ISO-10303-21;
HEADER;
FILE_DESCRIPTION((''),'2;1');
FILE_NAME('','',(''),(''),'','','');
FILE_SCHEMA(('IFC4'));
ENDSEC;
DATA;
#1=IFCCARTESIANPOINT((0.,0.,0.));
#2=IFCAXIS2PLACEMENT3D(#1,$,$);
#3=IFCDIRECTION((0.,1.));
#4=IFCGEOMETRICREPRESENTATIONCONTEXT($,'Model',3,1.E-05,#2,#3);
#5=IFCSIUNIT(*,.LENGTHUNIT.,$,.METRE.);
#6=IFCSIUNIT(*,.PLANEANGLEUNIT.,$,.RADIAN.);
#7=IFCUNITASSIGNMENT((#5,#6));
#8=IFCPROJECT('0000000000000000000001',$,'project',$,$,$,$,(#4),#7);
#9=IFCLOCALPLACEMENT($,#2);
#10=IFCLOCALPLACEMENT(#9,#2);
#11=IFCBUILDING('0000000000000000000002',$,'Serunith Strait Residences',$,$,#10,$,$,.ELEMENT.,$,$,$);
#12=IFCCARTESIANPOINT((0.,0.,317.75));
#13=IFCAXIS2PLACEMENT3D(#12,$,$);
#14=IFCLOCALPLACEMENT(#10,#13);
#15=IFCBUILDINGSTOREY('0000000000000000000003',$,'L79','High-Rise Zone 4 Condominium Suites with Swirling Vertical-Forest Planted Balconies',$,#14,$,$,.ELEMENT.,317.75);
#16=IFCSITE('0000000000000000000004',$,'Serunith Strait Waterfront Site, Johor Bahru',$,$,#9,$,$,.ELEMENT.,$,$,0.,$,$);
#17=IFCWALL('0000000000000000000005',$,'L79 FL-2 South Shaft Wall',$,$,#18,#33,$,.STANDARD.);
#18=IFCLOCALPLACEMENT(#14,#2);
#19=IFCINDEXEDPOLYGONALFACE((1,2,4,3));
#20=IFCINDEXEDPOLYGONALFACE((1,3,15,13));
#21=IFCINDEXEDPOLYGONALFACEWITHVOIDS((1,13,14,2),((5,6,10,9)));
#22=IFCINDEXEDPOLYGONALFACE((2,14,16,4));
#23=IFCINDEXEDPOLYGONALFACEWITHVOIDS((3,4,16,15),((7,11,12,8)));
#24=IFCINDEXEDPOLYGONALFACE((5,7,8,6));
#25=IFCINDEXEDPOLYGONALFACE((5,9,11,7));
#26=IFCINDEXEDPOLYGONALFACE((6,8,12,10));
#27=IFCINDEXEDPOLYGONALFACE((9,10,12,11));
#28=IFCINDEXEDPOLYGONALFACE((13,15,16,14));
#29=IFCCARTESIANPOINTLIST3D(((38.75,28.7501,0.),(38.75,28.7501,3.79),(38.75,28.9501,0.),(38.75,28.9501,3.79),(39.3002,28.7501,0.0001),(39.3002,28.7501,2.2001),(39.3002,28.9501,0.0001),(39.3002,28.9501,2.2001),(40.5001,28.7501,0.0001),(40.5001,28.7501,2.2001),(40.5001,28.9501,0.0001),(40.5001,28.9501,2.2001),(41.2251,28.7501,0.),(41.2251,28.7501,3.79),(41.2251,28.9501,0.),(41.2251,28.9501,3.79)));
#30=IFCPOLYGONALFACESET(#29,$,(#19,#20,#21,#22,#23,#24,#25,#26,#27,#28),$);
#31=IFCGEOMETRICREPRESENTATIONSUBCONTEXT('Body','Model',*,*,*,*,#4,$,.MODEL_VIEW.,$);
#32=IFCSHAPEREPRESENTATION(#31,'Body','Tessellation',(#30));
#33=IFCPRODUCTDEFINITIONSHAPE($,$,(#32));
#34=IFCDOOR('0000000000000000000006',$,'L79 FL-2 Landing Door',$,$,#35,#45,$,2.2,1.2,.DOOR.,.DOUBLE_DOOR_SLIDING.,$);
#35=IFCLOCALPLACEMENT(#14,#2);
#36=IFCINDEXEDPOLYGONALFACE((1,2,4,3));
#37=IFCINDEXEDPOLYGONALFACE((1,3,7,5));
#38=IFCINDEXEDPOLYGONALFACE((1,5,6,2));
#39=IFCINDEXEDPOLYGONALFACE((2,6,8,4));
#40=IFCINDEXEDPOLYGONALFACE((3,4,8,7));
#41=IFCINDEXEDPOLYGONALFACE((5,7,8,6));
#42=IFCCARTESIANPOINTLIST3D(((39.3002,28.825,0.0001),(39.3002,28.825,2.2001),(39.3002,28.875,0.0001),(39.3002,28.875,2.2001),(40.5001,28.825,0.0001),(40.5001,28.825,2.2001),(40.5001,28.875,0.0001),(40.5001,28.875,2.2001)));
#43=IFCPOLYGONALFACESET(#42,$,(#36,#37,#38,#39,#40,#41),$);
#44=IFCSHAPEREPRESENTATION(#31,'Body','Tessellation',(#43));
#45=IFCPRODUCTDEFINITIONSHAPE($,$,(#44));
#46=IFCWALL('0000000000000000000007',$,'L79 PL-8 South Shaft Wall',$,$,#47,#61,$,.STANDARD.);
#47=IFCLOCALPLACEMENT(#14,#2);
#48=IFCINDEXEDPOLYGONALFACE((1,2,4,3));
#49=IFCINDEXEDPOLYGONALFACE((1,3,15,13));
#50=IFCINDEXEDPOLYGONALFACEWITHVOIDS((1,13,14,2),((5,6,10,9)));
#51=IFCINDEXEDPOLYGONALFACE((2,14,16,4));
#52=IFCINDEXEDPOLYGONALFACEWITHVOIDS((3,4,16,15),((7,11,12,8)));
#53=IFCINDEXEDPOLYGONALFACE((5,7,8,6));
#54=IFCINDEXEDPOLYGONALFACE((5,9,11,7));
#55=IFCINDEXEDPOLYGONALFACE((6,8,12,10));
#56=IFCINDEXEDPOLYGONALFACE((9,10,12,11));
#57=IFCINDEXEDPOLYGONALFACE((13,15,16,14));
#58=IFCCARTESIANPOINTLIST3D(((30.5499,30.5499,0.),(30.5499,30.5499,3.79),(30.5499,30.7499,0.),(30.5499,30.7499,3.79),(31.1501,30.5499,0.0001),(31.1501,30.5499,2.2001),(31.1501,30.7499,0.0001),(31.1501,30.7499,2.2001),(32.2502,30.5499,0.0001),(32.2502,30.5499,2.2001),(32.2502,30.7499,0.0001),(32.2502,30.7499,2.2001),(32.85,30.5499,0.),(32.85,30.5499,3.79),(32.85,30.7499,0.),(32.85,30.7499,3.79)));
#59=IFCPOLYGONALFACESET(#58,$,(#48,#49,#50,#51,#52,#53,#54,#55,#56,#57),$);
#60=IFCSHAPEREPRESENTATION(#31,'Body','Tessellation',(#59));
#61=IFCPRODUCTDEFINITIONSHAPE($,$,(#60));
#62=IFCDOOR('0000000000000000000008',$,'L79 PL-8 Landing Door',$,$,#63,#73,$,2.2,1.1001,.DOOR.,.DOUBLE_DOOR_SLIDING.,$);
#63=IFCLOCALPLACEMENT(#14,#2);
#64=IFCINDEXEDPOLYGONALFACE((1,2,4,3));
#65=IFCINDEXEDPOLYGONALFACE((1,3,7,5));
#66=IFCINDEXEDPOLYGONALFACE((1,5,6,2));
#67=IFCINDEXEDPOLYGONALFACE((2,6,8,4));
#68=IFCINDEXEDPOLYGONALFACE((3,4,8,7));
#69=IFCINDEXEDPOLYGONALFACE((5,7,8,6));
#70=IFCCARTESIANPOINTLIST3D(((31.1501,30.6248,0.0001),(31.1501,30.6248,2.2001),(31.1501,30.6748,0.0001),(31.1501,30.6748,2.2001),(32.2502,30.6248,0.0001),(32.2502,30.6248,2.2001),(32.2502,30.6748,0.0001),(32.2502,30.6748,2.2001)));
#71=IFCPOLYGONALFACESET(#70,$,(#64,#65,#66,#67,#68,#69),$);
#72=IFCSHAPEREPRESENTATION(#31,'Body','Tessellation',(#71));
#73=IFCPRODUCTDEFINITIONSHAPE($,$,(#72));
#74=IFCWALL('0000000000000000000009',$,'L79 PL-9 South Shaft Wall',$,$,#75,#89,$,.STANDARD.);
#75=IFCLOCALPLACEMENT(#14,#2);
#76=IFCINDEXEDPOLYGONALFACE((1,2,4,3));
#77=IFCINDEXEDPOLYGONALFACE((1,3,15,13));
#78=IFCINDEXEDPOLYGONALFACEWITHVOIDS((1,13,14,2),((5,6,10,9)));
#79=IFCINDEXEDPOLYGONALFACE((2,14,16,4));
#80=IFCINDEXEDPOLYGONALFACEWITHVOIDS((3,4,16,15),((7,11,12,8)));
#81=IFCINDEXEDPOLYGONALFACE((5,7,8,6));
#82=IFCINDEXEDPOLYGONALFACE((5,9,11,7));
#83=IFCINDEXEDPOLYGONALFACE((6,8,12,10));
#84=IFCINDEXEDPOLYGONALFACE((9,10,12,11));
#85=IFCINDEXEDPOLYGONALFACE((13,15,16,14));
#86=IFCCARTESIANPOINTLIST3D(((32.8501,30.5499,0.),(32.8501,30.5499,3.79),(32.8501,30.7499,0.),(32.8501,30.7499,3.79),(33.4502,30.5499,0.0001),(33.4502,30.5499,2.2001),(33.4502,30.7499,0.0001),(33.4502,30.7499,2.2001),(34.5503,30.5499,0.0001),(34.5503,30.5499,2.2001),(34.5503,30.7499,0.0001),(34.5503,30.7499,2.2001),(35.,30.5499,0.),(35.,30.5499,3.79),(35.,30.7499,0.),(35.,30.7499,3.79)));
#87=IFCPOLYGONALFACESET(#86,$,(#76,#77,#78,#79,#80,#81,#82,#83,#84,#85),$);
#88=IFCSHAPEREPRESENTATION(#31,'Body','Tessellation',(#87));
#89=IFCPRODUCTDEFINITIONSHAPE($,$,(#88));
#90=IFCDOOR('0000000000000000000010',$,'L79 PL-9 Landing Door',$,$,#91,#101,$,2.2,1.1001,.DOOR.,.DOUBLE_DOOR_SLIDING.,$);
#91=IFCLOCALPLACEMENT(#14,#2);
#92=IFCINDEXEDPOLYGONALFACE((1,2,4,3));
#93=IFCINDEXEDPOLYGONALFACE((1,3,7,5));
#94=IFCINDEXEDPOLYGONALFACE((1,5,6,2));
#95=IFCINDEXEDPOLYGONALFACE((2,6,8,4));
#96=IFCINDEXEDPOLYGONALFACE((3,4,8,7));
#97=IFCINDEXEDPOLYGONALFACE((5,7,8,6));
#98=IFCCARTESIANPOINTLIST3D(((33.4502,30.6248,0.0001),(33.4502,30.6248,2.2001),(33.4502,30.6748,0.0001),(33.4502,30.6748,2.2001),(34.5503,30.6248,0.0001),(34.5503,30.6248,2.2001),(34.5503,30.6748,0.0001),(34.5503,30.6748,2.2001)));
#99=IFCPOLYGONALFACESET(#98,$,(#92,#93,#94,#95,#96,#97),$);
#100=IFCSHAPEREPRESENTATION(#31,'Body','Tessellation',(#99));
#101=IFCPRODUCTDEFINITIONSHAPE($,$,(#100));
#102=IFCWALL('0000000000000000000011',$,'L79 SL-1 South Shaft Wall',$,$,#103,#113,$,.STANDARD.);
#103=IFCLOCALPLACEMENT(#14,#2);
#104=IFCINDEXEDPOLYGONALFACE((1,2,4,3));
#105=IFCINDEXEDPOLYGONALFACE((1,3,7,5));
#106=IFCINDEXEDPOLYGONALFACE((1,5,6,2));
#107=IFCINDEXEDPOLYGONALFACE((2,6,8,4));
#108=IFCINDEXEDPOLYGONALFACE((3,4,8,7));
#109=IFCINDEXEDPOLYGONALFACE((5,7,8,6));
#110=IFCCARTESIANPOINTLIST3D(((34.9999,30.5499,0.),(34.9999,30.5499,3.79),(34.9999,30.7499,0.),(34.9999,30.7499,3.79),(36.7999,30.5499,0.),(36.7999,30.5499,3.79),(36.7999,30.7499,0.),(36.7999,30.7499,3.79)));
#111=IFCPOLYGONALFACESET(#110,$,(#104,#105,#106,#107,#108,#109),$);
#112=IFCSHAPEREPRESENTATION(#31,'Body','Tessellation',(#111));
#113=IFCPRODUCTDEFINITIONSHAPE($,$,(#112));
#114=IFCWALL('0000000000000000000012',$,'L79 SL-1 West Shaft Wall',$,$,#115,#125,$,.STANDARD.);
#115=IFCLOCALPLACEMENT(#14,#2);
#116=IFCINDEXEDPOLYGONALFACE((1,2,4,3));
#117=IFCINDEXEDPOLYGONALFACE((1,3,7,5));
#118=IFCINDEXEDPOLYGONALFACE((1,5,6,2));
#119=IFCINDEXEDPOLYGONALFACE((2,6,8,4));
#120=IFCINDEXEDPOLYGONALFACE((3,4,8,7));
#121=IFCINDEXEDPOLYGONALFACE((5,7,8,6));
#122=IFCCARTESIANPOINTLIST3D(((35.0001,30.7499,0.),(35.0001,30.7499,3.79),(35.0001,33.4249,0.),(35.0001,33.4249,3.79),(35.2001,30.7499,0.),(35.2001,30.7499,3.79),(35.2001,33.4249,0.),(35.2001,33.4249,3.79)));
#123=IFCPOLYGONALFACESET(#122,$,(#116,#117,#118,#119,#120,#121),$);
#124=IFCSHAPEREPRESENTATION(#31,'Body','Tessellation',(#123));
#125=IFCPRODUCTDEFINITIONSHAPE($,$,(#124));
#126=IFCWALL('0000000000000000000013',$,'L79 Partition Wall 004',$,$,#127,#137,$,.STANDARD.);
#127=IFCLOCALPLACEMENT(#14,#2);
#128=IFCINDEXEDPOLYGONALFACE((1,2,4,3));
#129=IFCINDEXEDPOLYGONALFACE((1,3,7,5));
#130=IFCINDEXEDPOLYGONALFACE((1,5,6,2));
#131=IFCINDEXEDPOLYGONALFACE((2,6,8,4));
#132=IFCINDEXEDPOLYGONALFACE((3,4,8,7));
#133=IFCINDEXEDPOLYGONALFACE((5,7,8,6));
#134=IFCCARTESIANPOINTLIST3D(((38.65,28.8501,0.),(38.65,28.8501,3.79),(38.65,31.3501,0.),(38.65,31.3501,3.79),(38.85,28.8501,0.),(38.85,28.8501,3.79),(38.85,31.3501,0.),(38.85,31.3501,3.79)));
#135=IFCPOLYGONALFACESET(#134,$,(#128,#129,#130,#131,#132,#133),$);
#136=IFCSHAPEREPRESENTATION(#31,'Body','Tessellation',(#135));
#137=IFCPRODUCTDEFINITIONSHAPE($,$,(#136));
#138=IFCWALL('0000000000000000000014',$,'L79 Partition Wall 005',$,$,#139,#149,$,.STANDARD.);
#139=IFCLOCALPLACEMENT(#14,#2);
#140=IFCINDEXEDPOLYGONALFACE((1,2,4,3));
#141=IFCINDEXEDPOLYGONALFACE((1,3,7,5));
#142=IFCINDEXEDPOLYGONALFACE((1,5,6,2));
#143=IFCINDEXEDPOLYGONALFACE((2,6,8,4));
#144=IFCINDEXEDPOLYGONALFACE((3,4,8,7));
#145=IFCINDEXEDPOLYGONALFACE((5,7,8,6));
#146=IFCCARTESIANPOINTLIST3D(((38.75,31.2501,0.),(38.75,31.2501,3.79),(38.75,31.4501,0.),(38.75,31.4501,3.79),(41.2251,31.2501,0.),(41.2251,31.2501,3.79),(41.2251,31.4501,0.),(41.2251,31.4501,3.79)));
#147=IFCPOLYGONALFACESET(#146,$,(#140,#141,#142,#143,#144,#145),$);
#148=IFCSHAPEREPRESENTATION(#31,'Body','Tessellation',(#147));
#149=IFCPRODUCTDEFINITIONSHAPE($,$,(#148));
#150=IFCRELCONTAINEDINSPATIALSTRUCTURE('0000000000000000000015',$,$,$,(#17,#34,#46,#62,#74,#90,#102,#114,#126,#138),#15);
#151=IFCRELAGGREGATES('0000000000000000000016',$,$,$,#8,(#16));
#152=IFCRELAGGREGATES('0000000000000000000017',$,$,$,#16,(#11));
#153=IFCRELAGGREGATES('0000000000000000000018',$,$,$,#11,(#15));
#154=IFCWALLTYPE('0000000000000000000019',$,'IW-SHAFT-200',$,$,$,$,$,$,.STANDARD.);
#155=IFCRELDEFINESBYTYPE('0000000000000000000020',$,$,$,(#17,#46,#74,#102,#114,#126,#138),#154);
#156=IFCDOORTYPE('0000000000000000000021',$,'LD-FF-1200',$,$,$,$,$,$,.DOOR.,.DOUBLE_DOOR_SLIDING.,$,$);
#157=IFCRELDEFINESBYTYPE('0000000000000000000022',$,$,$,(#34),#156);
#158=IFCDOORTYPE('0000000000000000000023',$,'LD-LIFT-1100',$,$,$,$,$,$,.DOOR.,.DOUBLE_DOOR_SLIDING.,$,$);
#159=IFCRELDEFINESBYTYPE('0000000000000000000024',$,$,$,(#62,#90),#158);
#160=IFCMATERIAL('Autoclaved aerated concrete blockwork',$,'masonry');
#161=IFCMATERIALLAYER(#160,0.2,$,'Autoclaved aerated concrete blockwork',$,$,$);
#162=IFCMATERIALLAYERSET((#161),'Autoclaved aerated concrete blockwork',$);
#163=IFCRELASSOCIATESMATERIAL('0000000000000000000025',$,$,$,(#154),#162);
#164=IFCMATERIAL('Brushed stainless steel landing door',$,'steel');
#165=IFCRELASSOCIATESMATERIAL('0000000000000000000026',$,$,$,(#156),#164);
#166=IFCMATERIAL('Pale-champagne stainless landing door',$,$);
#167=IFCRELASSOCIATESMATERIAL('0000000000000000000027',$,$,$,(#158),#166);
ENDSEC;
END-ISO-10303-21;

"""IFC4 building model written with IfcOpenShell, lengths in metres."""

from ifc_helpers import new_model, si_unit, direction, frame, frame_2d, origin, place, context, subcontext, project, spatial, rectangle, extrude, source, transform, mapped, material, layer, layer_set, type_object, element, fill, save


model = new_model("IFC4")

# Units and contexts
model_context = context("Model", 3, precision=1e-05, world=origin(), true_north=direction((0.0, 1.0)))
body_context = subcontext(model_context, "Body", "Model", "MODEL_VIEW")
ifc_project = project(units=[si_unit("LENGTHUNIT", "METRE"), si_unit("PLANEANGLEUNIT", "RADIAN")], contexts=[model_context])

# Site, building, storey
site_placement = place(None, origin())
site = spatial("IfcSite", under=ifc_project, at=site_placement, Name="Serunith Strait Waterfront Site, Johor Bahru", CompositionType="ELEMENT", RefElevation=0.0)
building_placement = place(site_placement, origin())
building = spatial("IfcBuilding", under=site, at=building_placement, Name="Serunith Strait Residences", CompositionType="ELEMENT")
storey_placement = place(building_placement, frame((0.0, 0.0, 317.75)))
storey = spatial("IfcBuildingStorey", under=building, at=storey_placement, Name="L79", Description="High-Rise Zone 4 Condominium Suites with Swirling Vertical-Forest Planted Balconies", CompositionType="ELEMENT", Elevation=317.75)

# Walls, openings, doors
ifc_material_1 = material(Name="Autoclaved aerated concrete blockwork", Category="masonry")
ifc_layer_1 = layer(ifc_material_1, 0.2, Name="Autoclaved aerated concrete blockwork")
ifc_layer_set_1 = layer_set([ifc_layer_1], Name="Autoclaved aerated concrete blockwork")
wall_type_1 = type_object("IfcWallType", Name="IW-SHAFT-200", PredefinedType="STANDARD", material=ifc_layer_set_1)
wall_1_placement = place(storey_placement, frame((38.75, 28.8501, 0.0), z_axis=(0.0, 0.0, 1.0), x_axis=(1.0, 0.0, 0.0)))
wall_1 = element("IfcWall", 1, at=wall_1_placement, inside=storey, type_object=wall_type_1, Name="L79 FL-2 South Shaft Wall", PredefinedType="STANDARD", context=body_context, shape_type="SweptSolid", body=[
    extrude(rectangle(XDim=2.4751, YDim=0.2, at=frame_2d((1.2375, 0.0))), origin(), (0.0, 0.0, 1.0), 3.79),
])
opening_1_placement = place(wall_1_placement, frame((0.55, 0.0, 0.0)))
opening_1 = element("IfcOpeningElement", 2, at=opening_1_placement, cuts=wall_1, PredefinedType="OPENING", context=body_context, shape_type="SweptSolid", body=[
    extrude(rectangle(XDim=1.2, YDim=2.2, at=frame_2d((0.6001, 1.1001))), frame((0.0, 0.1099, 0.0), z_axis=(0.0, -1.0, 0.0), x_axis=(1.0, 0.0, 0.0)), (0.0, 0.0, 1.0), 0.22),
])
ifc_material_2 = material(Name="Brushed stainless steel landing door", Category="steel")
door_type_1 = type_object("IfcDoorType", Name="LD-FF-1200", OperationType="DOUBLE_DOOR_SLIDING", PredefinedType="DOOR", material=ifc_material_2)
shared_shape_1 = source(origin(), body_context, "Body", "SweptSolid", [
    extrude(rectangle(XDim=1.2, YDim=2.2, at=frame_2d((0.6001, 1.1001))), frame((0.0, 0.0249, 0.0), z_axis=(0.0, -1.0, 0.0), x_axis=(1.0, 0.0, 0.0)), (0.0, 0.0, 1.0), 0.05),
])
door_1_placement = place(opening_1_placement, origin())
door_1 = element("IfcDoor", 3, at=door_1_placement, inside=storey, type_object=door_type_1, Name="L79 FL-2 Landing Door", OperationType="DOUBLE_DOOR_SLIDING", OverallHeight=2.2, OverallWidth=1.2, PredefinedType="DOOR", context=body_context, shape_type="MappedRepresentation", body=[
    mapped(shared_shape_1, transform((0.0, 0.0, 0.0), scale=1.0)),
])
fill(opening_1, door_1)
wall_2_placement = place(storey_placement, frame((30.55, 30.6499, 0.0), z_axis=(0.0, 0.0, 1.0), x_axis=(1.0, 0.0, 0.0)))
wall_2 = element("IfcWall", 4, at=wall_2_placement, inside=storey, type_object=wall_type_1, Name="L79 PL-8 South Shaft Wall", PredefinedType="STANDARD", context=body_context, shape_type="SweptSolid", body=[
    extrude(rectangle(XDim=2.3, YDim=0.2, at=frame_2d((1.1499, 0.0))), origin(), (0.0, 0.0, 1.0), 3.79),
])
opening_2_placement = place(wall_2_placement, frame((0.6001, 0.0, 0.0)))
opening_2 = element("IfcOpeningElement", 5, at=opening_2_placement, cuts=wall_2, PredefinedType="OPENING", context=body_context, shape_type="SweptSolid", body=[
    extrude(rectangle(XDim=1.1001, YDim=2.2, at=frame_2d((0.55, 1.1001))), frame((0.0, 0.1099, 0.0), z_axis=(0.0, -1.0, 0.0), x_axis=(1.0, 0.0, 0.0)), (0.0, 0.0, 1.0), 0.22),
])
ifc_material_3 = material(Name="Pale-champagne stainless landing door")
door_type_2 = type_object("IfcDoorType", Name="LD-LIFT-1100", OperationType="DOUBLE_DOOR_SLIDING", PredefinedType="DOOR", material=ifc_material_3)
shared_shape_2 = source(origin(), body_context, "Body", "SweptSolid", [
    extrude(rectangle(XDim=1.1001, YDim=2.2, at=frame_2d((0.55, 1.1001))), frame((0.0, 0.0249, 0.0), z_axis=(0.0, -1.0, 0.0), x_axis=(1.0, 0.0, 0.0)), (0.0, 0.0, 1.0), 0.05),
])
door_2_placement = place(opening_2_placement, origin())
door_2 = element("IfcDoor", 6, at=door_2_placement, inside=storey, type_object=door_type_2, Name="L79 PL-8 Landing Door", OperationType="DOUBLE_DOOR_SLIDING", OverallHeight=2.2, OverallWidth=1.1001, PredefinedType="DOOR", context=body_context, shape_type="MappedRepresentation", body=[
    mapped(shared_shape_2, transform((0.0, 0.0, 0.0), scale=1.0)),
])
fill(opening_2, door_2)
wall_3_placement = place(storey_placement, frame((32.8501, 30.6499, 0.0), z_axis=(0.0, 0.0, 1.0), x_axis=(1.0, 0.0, 0.0)))
wall_3 = element("IfcWall", 7, at=wall_3_placement, inside=storey, type_object=wall_type_1, Name="L79 PL-9 South Shaft Wall", PredefinedType="STANDARD", context=body_context, shape_type="SweptSolid", body=[
    extrude(rectangle(XDim=2.1499, YDim=0.2, at=frame_2d((1.075, 0.0))), origin(), (0.0, 0.0, 1.0), 3.79),
])
opening_3_placement = place(wall_3_placement, frame((0.6001, 0.0, 0.0)))
opening_3 = element("IfcOpeningElement", 8, at=opening_3_placement, cuts=wall_3, PredefinedType="OPENING", context=body_context, shape_type="SweptSolid", body=[
    extrude(rectangle(XDim=1.1001, YDim=2.2, at=frame_2d((0.55, 1.1001))), frame((0.0, 0.1099, 0.0), z_axis=(0.0, -1.0, 0.0), x_axis=(1.0, 0.0, 0.0)), (0.0, 0.0, 1.0), 0.22),
])
door_3_placement = place(opening_3_placement, origin())
door_3 = element("IfcDoor", 9, at=door_3_placement, inside=storey, type_object=door_type_2, Name="L79 PL-9 Landing Door", OperationType="DOUBLE_DOOR_SLIDING", OverallHeight=2.2, OverallWidth=1.1001, PredefinedType="DOOR", context=body_context, shape_type="MappedRepresentation", body=[
    mapped(shared_shape_2, transform((0.0, 0.0, 0.0), scale=1.0)),
])
fill(opening_3, door_3)

# Walls
wall_4_placement = place(storey_placement, frame((35.0, 30.6499, 0.0), z_axis=(0.0, 0.0, 1.0), x_axis=(1.0, 0.0, 0.0)))
element("IfcWall", 10, at=wall_4_placement, inside=storey, type_object=wall_type_1, Name="L79 SL-1 South Shaft Wall", PredefinedType="STANDARD", context=body_context, shape_type="SweptSolid", body=[
    extrude(rectangle(XDim=1.8, YDim=0.2, at=frame_2d((0.8999, 0.0))), origin(), (0.0, 0.0, 1.0), 3.79),
])
wall_5_placement = place(storey_placement, frame((35.1001, 30.75, 0.0), z_axis=(0.0, 0.0, 1.0), x_axis=(0.0, 1.0, 0.0)))
element("IfcWall", 11, at=wall_5_placement, inside=storey, type_object=wall_type_1, Name="L79 SL-1 West Shaft Wall", PredefinedType="STANDARD", context=body_context, shape_type="SweptSolid", body=[
    extrude(rectangle(XDim=2.675, YDim=0.2, at=frame_2d((1.3374, 0.0))), origin(), (0.0, 0.0, 1.0), 3.79),
])
wall_6_placement = place(storey_placement, frame((38.75, 28.8501, 0.0), z_axis=(0.0, 0.0, 1.0), x_axis=(0.0, 1.0, 0.0)))
element("IfcWall", 12, at=wall_6_placement, inside=storey, type_object=wall_type_1, Name="L79 Partition Wall 004", PredefinedType="STANDARD", context=body_context, shape_type="SweptSolid", body=[
    extrude(rectangle(XDim=2.5, YDim=0.2, at=frame_2d((1.25, 0.0))), origin(), (0.0, 0.0, 1.0), 3.79),
])
wall_7_placement = place(storey_placement, frame((38.75, 31.3501, 0.0), z_axis=(0.0, 0.0, 1.0), x_axis=(1.0, 0.0, 0.0)))
element("IfcWall", 13, at=wall_7_placement, inside=storey, type_object=wall_type_1, Name="L79 Partition Wall 005", PredefinedType="STANDARD", context=body_context, shape_type="SweptSolid", body=[
    extrude(rectangle(XDim=2.4751, YDim=0.2, at=frame_2d((1.2375, 0.0))), origin(), (0.0, 0.0, 1.0), 3.79),
])

save(model, "model.ifc")
